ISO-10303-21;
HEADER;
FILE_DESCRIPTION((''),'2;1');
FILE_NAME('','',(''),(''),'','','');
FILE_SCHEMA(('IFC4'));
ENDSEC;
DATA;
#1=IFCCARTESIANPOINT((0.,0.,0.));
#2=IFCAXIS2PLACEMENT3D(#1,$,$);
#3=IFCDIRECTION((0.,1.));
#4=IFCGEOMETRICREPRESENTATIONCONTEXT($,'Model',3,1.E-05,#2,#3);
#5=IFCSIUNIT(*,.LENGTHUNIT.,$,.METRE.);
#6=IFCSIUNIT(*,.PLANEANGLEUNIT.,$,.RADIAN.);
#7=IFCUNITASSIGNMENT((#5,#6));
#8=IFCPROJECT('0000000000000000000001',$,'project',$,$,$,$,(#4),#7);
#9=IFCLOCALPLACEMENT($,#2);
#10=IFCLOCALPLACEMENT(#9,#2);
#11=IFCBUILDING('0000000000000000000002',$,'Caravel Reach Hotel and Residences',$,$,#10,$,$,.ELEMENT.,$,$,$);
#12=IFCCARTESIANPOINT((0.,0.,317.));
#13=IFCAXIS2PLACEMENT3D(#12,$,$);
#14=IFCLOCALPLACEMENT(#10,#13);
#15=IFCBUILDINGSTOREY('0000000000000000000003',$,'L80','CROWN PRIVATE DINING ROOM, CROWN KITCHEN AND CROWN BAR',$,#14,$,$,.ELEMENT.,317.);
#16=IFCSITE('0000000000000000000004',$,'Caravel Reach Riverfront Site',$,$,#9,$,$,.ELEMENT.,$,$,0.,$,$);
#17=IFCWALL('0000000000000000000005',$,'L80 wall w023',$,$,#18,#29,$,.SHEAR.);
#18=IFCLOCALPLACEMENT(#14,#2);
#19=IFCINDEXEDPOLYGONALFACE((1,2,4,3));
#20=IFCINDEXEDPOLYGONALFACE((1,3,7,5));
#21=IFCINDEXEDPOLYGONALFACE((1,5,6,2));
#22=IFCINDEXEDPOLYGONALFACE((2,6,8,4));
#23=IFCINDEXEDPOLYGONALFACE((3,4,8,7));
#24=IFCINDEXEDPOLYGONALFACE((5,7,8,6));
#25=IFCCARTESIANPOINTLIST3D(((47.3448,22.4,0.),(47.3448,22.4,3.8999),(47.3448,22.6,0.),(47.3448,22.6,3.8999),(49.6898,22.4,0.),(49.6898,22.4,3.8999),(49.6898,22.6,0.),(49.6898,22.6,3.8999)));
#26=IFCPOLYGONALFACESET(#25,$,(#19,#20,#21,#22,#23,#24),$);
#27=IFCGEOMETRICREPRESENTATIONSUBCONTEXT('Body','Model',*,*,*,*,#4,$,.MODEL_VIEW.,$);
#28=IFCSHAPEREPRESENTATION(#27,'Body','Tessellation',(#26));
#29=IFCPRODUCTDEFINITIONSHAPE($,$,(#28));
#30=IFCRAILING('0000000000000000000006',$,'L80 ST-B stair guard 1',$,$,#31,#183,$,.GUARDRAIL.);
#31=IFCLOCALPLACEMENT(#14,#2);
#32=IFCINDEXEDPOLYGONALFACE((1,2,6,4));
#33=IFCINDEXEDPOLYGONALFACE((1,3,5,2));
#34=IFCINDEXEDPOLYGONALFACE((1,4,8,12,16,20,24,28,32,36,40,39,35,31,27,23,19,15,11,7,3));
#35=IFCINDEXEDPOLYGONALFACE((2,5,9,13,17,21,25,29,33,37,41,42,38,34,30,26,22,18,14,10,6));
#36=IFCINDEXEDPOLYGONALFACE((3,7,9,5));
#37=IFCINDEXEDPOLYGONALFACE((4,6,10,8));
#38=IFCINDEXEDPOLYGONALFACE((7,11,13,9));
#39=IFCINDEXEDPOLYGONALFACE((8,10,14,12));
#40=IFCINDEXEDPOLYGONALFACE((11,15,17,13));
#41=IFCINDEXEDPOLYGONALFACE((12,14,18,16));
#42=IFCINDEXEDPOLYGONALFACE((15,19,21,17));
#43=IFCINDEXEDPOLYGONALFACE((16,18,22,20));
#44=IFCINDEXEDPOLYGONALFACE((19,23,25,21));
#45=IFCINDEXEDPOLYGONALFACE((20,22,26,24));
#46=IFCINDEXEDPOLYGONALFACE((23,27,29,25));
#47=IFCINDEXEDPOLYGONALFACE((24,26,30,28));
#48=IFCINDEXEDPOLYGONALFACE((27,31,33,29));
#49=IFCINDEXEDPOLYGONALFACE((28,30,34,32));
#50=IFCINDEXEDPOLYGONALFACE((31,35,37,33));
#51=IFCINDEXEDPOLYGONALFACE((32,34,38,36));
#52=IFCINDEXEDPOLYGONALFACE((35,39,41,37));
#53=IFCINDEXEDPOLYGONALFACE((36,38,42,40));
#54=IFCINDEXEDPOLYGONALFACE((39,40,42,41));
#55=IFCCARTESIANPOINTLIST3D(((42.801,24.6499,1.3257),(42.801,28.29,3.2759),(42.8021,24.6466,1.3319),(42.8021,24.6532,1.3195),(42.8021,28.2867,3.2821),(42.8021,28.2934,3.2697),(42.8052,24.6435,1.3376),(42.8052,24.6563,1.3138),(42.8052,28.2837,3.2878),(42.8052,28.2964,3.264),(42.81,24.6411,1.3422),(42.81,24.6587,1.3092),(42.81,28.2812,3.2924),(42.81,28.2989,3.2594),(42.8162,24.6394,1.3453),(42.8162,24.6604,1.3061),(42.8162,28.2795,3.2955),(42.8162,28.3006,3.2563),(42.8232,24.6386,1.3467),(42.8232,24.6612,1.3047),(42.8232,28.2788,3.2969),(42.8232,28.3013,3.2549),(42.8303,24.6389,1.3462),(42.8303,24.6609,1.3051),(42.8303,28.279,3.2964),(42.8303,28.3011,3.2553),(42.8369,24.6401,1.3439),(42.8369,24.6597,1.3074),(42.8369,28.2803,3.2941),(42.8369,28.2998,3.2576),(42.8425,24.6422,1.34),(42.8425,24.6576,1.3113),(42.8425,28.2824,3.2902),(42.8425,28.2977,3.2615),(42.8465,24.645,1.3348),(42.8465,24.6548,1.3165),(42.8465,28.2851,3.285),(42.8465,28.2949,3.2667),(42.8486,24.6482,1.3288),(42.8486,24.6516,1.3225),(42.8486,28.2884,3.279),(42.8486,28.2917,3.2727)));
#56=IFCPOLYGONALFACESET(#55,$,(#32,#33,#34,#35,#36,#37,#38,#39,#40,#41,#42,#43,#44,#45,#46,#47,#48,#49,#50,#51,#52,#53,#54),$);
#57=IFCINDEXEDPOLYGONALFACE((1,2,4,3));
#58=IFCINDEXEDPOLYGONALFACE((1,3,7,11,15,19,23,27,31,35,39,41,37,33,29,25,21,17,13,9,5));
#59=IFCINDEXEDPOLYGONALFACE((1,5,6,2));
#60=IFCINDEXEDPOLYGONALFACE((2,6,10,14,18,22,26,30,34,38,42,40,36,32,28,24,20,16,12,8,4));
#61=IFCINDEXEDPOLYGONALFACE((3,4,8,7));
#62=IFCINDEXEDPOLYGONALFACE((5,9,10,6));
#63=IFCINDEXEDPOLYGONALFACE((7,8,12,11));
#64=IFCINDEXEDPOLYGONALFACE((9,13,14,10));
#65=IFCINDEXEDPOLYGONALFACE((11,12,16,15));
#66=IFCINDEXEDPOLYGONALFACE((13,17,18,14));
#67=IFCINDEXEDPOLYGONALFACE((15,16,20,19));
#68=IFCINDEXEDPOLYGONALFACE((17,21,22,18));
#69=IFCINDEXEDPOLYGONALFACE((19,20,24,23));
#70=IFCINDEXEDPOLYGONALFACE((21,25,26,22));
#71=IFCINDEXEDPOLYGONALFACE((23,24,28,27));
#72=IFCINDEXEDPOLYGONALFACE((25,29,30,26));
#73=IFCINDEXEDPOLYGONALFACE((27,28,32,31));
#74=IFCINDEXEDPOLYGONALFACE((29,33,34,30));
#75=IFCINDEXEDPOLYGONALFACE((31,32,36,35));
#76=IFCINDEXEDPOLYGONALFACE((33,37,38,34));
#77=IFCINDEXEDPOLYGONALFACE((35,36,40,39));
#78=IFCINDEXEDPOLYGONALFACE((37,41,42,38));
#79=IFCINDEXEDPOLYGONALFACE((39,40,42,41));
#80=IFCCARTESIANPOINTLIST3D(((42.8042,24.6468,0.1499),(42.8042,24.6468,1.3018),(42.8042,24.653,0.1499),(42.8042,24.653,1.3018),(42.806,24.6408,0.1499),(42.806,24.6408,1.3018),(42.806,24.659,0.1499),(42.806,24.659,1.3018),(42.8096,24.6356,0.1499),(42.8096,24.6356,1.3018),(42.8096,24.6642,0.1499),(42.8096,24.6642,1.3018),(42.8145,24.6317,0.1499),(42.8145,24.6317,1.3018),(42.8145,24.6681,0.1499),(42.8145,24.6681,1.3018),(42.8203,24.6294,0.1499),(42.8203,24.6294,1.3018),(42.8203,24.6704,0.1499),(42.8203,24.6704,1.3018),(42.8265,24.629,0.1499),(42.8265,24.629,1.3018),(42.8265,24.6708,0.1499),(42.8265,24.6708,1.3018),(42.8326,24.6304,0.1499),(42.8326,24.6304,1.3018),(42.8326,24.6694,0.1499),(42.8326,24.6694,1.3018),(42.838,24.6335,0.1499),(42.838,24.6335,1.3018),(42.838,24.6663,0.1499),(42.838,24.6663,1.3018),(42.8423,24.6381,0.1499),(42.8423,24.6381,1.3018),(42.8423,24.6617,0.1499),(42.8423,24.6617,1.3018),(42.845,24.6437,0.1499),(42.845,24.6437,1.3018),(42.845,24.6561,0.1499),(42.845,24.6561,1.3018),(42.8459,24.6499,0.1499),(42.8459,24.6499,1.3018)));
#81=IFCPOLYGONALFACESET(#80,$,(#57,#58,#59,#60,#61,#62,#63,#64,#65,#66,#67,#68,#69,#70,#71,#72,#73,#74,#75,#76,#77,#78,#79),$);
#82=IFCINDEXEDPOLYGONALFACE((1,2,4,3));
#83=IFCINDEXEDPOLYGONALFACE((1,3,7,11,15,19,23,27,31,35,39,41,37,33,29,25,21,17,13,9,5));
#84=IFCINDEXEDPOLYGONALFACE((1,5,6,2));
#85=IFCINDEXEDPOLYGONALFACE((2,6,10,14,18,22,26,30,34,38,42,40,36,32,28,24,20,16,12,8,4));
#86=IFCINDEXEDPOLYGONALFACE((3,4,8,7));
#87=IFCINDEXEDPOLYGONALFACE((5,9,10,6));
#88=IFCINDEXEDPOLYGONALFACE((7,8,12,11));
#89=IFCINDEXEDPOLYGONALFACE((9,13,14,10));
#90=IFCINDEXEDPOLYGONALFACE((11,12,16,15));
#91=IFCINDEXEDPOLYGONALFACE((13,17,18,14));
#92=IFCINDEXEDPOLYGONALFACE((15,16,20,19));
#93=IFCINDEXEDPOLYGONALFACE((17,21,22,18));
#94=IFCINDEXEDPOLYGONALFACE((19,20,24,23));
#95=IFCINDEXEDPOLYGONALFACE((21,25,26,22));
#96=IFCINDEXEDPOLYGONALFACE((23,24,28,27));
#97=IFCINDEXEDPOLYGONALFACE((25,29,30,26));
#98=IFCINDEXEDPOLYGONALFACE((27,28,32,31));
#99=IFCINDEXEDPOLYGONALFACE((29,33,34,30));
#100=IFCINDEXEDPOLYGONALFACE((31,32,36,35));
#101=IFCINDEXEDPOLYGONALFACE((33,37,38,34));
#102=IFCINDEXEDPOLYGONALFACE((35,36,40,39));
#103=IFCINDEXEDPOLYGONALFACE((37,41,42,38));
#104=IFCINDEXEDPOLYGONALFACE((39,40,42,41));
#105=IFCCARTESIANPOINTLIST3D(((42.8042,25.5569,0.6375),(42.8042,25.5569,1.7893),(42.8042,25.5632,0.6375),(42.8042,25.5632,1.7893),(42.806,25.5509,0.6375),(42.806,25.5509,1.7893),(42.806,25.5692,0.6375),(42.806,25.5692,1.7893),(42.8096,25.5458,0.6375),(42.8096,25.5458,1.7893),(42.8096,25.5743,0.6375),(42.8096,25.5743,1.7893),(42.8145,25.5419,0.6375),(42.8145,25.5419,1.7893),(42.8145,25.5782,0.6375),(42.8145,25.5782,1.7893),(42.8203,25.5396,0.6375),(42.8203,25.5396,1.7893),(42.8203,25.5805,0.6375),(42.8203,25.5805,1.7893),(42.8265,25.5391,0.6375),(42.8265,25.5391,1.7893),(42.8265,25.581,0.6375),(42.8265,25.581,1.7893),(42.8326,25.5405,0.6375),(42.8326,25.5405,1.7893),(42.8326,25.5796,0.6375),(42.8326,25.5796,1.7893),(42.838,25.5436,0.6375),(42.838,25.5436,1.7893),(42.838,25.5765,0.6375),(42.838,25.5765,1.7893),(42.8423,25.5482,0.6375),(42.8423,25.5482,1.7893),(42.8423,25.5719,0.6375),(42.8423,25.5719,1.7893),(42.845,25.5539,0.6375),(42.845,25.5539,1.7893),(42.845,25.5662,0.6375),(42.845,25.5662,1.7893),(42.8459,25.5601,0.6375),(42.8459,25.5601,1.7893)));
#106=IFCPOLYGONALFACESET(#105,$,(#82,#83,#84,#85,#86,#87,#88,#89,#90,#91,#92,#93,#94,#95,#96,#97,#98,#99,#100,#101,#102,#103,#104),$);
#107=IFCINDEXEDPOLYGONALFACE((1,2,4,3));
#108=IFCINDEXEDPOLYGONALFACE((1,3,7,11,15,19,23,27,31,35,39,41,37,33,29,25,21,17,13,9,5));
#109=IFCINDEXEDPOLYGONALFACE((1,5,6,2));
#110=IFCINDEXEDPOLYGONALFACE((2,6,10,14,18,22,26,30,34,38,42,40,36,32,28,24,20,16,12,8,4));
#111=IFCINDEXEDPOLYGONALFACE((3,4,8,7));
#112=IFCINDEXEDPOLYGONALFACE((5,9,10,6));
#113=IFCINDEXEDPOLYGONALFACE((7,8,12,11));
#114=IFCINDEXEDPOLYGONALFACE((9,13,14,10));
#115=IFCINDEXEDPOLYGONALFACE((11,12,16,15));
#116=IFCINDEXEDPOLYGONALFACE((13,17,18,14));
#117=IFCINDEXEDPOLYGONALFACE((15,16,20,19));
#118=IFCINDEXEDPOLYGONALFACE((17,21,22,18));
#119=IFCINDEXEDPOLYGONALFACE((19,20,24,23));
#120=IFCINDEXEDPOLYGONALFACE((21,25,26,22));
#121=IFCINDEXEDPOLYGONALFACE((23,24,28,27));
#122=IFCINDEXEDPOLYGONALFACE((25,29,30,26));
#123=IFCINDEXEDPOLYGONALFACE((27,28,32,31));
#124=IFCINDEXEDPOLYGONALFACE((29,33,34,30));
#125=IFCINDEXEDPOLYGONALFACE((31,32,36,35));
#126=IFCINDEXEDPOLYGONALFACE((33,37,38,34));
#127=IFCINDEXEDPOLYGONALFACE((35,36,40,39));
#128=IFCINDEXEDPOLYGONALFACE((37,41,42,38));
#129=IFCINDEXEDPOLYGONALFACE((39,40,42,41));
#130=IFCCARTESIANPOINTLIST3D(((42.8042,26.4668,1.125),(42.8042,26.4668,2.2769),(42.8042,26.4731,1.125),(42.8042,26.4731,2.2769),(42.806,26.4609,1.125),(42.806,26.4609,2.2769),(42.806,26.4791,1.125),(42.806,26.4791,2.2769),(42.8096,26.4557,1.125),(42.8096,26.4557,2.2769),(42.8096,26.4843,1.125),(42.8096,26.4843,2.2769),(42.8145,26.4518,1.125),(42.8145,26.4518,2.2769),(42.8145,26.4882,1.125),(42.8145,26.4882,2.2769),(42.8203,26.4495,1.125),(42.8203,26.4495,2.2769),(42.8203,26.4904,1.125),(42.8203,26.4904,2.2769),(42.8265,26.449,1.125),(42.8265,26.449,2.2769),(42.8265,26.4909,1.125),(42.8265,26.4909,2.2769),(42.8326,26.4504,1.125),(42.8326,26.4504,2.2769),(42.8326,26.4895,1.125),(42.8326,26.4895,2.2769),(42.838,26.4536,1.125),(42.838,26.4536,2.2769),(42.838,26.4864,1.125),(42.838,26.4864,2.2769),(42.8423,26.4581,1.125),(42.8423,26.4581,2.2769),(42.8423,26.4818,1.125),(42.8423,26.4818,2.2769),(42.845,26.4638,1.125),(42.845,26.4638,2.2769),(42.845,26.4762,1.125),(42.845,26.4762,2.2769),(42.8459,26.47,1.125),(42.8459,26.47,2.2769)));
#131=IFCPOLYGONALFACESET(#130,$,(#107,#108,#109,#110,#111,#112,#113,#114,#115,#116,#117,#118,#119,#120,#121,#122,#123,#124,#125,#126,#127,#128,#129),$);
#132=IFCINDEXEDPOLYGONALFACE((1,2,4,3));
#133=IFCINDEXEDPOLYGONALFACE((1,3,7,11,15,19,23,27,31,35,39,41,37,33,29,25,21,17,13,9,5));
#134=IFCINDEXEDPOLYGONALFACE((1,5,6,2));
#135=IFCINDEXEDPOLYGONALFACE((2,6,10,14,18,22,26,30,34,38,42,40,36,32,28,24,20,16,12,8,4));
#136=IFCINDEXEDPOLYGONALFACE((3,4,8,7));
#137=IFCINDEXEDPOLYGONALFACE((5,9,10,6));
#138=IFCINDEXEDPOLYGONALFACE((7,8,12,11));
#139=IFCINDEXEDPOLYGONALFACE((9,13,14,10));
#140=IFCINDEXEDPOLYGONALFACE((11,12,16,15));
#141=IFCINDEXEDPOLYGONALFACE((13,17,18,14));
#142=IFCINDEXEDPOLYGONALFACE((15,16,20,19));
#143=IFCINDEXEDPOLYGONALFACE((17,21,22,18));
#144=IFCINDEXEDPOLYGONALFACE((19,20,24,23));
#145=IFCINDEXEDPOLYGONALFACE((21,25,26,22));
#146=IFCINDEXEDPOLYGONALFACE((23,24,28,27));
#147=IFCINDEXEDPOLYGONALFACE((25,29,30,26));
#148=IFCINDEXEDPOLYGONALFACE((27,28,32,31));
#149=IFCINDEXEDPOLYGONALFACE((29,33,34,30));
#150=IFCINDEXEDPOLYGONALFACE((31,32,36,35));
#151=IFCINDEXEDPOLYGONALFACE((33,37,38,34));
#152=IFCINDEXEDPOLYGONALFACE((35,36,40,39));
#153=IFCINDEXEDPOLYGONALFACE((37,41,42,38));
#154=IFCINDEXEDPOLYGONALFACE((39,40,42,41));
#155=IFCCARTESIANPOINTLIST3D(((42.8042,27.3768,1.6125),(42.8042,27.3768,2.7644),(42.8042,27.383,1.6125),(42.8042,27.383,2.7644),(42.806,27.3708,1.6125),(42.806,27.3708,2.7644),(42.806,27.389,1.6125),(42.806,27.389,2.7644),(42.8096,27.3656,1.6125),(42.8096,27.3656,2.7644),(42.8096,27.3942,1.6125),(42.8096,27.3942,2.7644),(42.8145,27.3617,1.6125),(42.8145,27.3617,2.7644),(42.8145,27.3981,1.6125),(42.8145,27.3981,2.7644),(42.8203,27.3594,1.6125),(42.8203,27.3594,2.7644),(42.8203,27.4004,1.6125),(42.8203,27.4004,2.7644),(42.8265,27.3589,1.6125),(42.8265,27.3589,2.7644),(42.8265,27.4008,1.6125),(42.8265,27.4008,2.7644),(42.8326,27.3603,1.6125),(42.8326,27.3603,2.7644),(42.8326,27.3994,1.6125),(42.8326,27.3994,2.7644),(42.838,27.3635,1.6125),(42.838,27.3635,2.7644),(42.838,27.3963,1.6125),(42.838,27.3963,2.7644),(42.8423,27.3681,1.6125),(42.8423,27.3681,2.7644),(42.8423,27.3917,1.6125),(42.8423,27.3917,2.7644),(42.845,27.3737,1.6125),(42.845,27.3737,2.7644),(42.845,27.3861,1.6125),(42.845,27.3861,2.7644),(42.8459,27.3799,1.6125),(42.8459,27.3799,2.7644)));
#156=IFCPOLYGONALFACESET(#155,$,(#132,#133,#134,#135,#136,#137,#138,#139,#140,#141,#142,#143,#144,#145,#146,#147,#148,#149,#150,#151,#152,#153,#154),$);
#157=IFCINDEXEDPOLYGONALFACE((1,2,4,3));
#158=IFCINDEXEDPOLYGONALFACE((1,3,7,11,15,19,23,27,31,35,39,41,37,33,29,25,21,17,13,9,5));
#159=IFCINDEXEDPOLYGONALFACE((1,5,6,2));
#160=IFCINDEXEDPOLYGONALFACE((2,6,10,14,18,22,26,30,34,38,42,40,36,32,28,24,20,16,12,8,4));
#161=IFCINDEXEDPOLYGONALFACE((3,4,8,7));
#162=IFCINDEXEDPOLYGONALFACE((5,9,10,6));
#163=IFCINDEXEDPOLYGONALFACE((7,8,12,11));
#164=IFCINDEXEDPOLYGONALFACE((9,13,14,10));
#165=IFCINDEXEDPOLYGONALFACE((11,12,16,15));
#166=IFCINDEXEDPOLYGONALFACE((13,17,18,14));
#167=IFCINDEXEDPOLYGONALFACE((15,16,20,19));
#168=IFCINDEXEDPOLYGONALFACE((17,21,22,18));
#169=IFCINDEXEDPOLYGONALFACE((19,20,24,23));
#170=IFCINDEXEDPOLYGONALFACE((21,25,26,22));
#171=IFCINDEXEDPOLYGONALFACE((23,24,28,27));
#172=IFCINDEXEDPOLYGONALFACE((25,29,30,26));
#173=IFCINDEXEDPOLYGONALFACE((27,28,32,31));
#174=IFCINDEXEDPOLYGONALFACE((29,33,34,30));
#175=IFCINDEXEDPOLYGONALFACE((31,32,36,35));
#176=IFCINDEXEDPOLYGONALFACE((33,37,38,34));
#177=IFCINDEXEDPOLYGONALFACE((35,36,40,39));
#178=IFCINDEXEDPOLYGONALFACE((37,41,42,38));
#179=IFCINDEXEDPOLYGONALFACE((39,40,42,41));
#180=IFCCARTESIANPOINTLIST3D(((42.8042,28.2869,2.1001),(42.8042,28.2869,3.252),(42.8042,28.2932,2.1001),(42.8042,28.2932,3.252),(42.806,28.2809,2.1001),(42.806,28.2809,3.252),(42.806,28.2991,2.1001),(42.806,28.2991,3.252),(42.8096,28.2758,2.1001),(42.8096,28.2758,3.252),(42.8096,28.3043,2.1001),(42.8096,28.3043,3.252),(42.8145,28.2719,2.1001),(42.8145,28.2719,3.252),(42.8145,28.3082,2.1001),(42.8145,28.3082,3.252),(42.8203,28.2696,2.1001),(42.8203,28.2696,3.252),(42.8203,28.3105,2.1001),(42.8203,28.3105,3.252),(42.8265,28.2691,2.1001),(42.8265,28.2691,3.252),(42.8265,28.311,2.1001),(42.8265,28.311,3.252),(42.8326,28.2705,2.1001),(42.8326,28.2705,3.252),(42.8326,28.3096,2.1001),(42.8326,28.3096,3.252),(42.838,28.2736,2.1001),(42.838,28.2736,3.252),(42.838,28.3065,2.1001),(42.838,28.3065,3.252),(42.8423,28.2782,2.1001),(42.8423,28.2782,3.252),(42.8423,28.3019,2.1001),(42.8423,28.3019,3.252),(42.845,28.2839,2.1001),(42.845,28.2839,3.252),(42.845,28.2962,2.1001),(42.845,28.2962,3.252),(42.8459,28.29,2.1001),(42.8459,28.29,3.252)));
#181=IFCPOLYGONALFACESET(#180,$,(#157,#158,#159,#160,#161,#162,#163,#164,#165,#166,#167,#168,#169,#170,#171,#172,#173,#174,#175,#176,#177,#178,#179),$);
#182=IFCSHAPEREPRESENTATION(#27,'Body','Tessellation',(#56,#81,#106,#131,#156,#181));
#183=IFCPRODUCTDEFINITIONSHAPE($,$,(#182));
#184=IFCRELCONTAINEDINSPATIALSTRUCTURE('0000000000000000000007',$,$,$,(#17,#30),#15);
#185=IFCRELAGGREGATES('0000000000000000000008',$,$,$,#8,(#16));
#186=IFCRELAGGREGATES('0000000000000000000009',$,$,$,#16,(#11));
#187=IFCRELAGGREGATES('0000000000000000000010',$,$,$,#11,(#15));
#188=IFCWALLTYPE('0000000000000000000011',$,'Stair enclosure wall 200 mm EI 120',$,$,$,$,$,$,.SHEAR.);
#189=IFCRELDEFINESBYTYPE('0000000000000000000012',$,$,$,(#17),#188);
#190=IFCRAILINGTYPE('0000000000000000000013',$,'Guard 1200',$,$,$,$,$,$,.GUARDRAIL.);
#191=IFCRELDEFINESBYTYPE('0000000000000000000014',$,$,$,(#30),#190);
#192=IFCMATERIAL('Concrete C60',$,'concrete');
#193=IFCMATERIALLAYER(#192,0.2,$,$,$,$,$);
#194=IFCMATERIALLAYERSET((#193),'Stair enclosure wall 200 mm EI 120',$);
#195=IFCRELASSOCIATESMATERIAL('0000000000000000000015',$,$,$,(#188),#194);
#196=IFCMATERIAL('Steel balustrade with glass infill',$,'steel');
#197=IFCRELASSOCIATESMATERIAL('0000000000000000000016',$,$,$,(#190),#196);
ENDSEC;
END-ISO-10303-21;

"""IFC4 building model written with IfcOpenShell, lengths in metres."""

from ifc_helpers import new_model, si_unit, direction, frame, frame_2d, origin, origin_2d, place, context, subcontext, project, spatial, rectangle, circle, extrude, material, layer, layer_set, type_object, element, save


model = new_model("IFC4")

# Units and contexts
model_context = context("Model", 3, precision=1e-05, world=origin(), true_north=direction((0.0, 1.0)))
body_context = subcontext(model_context, "Body", "Model", "MODEL_VIEW")
ifc_project = project(units=[si_unit("LENGTHUNIT", "METRE"), si_unit("PLANEANGLEUNIT", "RADIAN")], contexts=[model_context])

# Site, building, storey
site_placement = place(None, origin())
site = spatial("IfcSite", under=ifc_project, at=site_placement, Name="Caravel Reach Riverfront Site", CompositionType="ELEMENT", RefElevation=0.0)
building_placement = place(site_placement, origin())
building = spatial("IfcBuilding", under=site, at=building_placement, Name="Caravel Reach Hotel and Residences", CompositionType="ELEMENT")
storey_placement = place(building_placement, frame((0.0, 0.0, 317.0)))
storey = spatial("IfcBuildingStorey", under=building, at=storey_placement, Name="L80", Description="CROWN PRIVATE DINING ROOM, CROWN KITCHEN AND CROWN BAR", CompositionType="ELEMENT", Elevation=317.0)

# Wall
ifc_material_1 = material(Name="Concrete C60", Category="concrete")
ifc_layer_1 = layer(ifc_material_1, 0.2)
ifc_layer_set_1 = layer_set([ifc_layer_1], Name="Stair enclosure wall 200 mm EI 120")
wall_type_1 = type_object("IfcWallType", Name="Stair enclosure wall 200 mm EI 120", PredefinedType="SHEAR", material=ifc_layer_set_1)
for number, where, z_axis, x_axis, name in (
    (1, (47.345, 22.5, 0.0), (0.0, 0.0, 1.0), (1.0, 0.0, 0.0), "L80 wall w023"),
):
    element("IfcWall", number, at=place(storey_placement, frame(where, z_axis=z_axis, x_axis=x_axis)), inside=storey, type_object=wall_type_1, Name=name, PredefinedType="SHEAR", context=body_context, shape_type="SweptSolid", body=[
        extrude(rectangle(XDim=2.345, YDim=0.2, at=frame_2d((1.1724, 0.0))), origin(), (0.0, 0.0, 1.0), 3.8999),
    ])

# Railing
ifc_material_2 = material(Name="Steel balustrade with glass infill", Category="steel")
railing_type_1 = type_object("IfcRailingType", Name="Guard 1200", PredefinedType="GUARDRAIL", material=ifc_material_2)
railing_1_placement = place(storey_placement, frame((42.825, 24.6499, 0.1499)))
element("IfcRailing", 2, at=railing_1_placement, inside=storey, type_object=railing_type_1, Name="L80 ST-B stair guard 1", PredefinedType="GUARDRAIL", context=body_context, shape_type="SweptSolid", body=[
    extrude(circle(Radius=0.0239, at=origin_2d()), frame((0.0, 0.0, 1.1758), z_axis=(0.0, 0.881468, 0.472244), x_axis=(-1.0, 0.0, 0.0)), (0.0, 0.0, 1.0), 4.1296),
    extrude(circle(Radius=0.021, at=origin_2d()), origin(), (0.0, 0.0, 1.0), 1.1519),
    extrude(circle(Radius=0.021, at=origin_2d()), frame((0.0, 0.9102, 0.4875)), (0.0, 0.0, 1.0), 1.1519),
    extrude(circle(Radius=0.021, at=origin_2d()), frame((0.0, 1.8201, 0.9751)), (0.0, 0.0, 1.0), 1.1519),
    extrude(circle(Radius=0.021, at=origin_2d()), frame((0.0, 2.73, 1.4626)), (0.0, 0.0, 1.0), 1.1519),
    extrude(circle(Radius=0.021, at=origin_2d()), frame((0.0, 3.6401, 1.9502)), (0.0, 0.0, 1.0), 1.1519),
])

save(model, "model.ifc")
